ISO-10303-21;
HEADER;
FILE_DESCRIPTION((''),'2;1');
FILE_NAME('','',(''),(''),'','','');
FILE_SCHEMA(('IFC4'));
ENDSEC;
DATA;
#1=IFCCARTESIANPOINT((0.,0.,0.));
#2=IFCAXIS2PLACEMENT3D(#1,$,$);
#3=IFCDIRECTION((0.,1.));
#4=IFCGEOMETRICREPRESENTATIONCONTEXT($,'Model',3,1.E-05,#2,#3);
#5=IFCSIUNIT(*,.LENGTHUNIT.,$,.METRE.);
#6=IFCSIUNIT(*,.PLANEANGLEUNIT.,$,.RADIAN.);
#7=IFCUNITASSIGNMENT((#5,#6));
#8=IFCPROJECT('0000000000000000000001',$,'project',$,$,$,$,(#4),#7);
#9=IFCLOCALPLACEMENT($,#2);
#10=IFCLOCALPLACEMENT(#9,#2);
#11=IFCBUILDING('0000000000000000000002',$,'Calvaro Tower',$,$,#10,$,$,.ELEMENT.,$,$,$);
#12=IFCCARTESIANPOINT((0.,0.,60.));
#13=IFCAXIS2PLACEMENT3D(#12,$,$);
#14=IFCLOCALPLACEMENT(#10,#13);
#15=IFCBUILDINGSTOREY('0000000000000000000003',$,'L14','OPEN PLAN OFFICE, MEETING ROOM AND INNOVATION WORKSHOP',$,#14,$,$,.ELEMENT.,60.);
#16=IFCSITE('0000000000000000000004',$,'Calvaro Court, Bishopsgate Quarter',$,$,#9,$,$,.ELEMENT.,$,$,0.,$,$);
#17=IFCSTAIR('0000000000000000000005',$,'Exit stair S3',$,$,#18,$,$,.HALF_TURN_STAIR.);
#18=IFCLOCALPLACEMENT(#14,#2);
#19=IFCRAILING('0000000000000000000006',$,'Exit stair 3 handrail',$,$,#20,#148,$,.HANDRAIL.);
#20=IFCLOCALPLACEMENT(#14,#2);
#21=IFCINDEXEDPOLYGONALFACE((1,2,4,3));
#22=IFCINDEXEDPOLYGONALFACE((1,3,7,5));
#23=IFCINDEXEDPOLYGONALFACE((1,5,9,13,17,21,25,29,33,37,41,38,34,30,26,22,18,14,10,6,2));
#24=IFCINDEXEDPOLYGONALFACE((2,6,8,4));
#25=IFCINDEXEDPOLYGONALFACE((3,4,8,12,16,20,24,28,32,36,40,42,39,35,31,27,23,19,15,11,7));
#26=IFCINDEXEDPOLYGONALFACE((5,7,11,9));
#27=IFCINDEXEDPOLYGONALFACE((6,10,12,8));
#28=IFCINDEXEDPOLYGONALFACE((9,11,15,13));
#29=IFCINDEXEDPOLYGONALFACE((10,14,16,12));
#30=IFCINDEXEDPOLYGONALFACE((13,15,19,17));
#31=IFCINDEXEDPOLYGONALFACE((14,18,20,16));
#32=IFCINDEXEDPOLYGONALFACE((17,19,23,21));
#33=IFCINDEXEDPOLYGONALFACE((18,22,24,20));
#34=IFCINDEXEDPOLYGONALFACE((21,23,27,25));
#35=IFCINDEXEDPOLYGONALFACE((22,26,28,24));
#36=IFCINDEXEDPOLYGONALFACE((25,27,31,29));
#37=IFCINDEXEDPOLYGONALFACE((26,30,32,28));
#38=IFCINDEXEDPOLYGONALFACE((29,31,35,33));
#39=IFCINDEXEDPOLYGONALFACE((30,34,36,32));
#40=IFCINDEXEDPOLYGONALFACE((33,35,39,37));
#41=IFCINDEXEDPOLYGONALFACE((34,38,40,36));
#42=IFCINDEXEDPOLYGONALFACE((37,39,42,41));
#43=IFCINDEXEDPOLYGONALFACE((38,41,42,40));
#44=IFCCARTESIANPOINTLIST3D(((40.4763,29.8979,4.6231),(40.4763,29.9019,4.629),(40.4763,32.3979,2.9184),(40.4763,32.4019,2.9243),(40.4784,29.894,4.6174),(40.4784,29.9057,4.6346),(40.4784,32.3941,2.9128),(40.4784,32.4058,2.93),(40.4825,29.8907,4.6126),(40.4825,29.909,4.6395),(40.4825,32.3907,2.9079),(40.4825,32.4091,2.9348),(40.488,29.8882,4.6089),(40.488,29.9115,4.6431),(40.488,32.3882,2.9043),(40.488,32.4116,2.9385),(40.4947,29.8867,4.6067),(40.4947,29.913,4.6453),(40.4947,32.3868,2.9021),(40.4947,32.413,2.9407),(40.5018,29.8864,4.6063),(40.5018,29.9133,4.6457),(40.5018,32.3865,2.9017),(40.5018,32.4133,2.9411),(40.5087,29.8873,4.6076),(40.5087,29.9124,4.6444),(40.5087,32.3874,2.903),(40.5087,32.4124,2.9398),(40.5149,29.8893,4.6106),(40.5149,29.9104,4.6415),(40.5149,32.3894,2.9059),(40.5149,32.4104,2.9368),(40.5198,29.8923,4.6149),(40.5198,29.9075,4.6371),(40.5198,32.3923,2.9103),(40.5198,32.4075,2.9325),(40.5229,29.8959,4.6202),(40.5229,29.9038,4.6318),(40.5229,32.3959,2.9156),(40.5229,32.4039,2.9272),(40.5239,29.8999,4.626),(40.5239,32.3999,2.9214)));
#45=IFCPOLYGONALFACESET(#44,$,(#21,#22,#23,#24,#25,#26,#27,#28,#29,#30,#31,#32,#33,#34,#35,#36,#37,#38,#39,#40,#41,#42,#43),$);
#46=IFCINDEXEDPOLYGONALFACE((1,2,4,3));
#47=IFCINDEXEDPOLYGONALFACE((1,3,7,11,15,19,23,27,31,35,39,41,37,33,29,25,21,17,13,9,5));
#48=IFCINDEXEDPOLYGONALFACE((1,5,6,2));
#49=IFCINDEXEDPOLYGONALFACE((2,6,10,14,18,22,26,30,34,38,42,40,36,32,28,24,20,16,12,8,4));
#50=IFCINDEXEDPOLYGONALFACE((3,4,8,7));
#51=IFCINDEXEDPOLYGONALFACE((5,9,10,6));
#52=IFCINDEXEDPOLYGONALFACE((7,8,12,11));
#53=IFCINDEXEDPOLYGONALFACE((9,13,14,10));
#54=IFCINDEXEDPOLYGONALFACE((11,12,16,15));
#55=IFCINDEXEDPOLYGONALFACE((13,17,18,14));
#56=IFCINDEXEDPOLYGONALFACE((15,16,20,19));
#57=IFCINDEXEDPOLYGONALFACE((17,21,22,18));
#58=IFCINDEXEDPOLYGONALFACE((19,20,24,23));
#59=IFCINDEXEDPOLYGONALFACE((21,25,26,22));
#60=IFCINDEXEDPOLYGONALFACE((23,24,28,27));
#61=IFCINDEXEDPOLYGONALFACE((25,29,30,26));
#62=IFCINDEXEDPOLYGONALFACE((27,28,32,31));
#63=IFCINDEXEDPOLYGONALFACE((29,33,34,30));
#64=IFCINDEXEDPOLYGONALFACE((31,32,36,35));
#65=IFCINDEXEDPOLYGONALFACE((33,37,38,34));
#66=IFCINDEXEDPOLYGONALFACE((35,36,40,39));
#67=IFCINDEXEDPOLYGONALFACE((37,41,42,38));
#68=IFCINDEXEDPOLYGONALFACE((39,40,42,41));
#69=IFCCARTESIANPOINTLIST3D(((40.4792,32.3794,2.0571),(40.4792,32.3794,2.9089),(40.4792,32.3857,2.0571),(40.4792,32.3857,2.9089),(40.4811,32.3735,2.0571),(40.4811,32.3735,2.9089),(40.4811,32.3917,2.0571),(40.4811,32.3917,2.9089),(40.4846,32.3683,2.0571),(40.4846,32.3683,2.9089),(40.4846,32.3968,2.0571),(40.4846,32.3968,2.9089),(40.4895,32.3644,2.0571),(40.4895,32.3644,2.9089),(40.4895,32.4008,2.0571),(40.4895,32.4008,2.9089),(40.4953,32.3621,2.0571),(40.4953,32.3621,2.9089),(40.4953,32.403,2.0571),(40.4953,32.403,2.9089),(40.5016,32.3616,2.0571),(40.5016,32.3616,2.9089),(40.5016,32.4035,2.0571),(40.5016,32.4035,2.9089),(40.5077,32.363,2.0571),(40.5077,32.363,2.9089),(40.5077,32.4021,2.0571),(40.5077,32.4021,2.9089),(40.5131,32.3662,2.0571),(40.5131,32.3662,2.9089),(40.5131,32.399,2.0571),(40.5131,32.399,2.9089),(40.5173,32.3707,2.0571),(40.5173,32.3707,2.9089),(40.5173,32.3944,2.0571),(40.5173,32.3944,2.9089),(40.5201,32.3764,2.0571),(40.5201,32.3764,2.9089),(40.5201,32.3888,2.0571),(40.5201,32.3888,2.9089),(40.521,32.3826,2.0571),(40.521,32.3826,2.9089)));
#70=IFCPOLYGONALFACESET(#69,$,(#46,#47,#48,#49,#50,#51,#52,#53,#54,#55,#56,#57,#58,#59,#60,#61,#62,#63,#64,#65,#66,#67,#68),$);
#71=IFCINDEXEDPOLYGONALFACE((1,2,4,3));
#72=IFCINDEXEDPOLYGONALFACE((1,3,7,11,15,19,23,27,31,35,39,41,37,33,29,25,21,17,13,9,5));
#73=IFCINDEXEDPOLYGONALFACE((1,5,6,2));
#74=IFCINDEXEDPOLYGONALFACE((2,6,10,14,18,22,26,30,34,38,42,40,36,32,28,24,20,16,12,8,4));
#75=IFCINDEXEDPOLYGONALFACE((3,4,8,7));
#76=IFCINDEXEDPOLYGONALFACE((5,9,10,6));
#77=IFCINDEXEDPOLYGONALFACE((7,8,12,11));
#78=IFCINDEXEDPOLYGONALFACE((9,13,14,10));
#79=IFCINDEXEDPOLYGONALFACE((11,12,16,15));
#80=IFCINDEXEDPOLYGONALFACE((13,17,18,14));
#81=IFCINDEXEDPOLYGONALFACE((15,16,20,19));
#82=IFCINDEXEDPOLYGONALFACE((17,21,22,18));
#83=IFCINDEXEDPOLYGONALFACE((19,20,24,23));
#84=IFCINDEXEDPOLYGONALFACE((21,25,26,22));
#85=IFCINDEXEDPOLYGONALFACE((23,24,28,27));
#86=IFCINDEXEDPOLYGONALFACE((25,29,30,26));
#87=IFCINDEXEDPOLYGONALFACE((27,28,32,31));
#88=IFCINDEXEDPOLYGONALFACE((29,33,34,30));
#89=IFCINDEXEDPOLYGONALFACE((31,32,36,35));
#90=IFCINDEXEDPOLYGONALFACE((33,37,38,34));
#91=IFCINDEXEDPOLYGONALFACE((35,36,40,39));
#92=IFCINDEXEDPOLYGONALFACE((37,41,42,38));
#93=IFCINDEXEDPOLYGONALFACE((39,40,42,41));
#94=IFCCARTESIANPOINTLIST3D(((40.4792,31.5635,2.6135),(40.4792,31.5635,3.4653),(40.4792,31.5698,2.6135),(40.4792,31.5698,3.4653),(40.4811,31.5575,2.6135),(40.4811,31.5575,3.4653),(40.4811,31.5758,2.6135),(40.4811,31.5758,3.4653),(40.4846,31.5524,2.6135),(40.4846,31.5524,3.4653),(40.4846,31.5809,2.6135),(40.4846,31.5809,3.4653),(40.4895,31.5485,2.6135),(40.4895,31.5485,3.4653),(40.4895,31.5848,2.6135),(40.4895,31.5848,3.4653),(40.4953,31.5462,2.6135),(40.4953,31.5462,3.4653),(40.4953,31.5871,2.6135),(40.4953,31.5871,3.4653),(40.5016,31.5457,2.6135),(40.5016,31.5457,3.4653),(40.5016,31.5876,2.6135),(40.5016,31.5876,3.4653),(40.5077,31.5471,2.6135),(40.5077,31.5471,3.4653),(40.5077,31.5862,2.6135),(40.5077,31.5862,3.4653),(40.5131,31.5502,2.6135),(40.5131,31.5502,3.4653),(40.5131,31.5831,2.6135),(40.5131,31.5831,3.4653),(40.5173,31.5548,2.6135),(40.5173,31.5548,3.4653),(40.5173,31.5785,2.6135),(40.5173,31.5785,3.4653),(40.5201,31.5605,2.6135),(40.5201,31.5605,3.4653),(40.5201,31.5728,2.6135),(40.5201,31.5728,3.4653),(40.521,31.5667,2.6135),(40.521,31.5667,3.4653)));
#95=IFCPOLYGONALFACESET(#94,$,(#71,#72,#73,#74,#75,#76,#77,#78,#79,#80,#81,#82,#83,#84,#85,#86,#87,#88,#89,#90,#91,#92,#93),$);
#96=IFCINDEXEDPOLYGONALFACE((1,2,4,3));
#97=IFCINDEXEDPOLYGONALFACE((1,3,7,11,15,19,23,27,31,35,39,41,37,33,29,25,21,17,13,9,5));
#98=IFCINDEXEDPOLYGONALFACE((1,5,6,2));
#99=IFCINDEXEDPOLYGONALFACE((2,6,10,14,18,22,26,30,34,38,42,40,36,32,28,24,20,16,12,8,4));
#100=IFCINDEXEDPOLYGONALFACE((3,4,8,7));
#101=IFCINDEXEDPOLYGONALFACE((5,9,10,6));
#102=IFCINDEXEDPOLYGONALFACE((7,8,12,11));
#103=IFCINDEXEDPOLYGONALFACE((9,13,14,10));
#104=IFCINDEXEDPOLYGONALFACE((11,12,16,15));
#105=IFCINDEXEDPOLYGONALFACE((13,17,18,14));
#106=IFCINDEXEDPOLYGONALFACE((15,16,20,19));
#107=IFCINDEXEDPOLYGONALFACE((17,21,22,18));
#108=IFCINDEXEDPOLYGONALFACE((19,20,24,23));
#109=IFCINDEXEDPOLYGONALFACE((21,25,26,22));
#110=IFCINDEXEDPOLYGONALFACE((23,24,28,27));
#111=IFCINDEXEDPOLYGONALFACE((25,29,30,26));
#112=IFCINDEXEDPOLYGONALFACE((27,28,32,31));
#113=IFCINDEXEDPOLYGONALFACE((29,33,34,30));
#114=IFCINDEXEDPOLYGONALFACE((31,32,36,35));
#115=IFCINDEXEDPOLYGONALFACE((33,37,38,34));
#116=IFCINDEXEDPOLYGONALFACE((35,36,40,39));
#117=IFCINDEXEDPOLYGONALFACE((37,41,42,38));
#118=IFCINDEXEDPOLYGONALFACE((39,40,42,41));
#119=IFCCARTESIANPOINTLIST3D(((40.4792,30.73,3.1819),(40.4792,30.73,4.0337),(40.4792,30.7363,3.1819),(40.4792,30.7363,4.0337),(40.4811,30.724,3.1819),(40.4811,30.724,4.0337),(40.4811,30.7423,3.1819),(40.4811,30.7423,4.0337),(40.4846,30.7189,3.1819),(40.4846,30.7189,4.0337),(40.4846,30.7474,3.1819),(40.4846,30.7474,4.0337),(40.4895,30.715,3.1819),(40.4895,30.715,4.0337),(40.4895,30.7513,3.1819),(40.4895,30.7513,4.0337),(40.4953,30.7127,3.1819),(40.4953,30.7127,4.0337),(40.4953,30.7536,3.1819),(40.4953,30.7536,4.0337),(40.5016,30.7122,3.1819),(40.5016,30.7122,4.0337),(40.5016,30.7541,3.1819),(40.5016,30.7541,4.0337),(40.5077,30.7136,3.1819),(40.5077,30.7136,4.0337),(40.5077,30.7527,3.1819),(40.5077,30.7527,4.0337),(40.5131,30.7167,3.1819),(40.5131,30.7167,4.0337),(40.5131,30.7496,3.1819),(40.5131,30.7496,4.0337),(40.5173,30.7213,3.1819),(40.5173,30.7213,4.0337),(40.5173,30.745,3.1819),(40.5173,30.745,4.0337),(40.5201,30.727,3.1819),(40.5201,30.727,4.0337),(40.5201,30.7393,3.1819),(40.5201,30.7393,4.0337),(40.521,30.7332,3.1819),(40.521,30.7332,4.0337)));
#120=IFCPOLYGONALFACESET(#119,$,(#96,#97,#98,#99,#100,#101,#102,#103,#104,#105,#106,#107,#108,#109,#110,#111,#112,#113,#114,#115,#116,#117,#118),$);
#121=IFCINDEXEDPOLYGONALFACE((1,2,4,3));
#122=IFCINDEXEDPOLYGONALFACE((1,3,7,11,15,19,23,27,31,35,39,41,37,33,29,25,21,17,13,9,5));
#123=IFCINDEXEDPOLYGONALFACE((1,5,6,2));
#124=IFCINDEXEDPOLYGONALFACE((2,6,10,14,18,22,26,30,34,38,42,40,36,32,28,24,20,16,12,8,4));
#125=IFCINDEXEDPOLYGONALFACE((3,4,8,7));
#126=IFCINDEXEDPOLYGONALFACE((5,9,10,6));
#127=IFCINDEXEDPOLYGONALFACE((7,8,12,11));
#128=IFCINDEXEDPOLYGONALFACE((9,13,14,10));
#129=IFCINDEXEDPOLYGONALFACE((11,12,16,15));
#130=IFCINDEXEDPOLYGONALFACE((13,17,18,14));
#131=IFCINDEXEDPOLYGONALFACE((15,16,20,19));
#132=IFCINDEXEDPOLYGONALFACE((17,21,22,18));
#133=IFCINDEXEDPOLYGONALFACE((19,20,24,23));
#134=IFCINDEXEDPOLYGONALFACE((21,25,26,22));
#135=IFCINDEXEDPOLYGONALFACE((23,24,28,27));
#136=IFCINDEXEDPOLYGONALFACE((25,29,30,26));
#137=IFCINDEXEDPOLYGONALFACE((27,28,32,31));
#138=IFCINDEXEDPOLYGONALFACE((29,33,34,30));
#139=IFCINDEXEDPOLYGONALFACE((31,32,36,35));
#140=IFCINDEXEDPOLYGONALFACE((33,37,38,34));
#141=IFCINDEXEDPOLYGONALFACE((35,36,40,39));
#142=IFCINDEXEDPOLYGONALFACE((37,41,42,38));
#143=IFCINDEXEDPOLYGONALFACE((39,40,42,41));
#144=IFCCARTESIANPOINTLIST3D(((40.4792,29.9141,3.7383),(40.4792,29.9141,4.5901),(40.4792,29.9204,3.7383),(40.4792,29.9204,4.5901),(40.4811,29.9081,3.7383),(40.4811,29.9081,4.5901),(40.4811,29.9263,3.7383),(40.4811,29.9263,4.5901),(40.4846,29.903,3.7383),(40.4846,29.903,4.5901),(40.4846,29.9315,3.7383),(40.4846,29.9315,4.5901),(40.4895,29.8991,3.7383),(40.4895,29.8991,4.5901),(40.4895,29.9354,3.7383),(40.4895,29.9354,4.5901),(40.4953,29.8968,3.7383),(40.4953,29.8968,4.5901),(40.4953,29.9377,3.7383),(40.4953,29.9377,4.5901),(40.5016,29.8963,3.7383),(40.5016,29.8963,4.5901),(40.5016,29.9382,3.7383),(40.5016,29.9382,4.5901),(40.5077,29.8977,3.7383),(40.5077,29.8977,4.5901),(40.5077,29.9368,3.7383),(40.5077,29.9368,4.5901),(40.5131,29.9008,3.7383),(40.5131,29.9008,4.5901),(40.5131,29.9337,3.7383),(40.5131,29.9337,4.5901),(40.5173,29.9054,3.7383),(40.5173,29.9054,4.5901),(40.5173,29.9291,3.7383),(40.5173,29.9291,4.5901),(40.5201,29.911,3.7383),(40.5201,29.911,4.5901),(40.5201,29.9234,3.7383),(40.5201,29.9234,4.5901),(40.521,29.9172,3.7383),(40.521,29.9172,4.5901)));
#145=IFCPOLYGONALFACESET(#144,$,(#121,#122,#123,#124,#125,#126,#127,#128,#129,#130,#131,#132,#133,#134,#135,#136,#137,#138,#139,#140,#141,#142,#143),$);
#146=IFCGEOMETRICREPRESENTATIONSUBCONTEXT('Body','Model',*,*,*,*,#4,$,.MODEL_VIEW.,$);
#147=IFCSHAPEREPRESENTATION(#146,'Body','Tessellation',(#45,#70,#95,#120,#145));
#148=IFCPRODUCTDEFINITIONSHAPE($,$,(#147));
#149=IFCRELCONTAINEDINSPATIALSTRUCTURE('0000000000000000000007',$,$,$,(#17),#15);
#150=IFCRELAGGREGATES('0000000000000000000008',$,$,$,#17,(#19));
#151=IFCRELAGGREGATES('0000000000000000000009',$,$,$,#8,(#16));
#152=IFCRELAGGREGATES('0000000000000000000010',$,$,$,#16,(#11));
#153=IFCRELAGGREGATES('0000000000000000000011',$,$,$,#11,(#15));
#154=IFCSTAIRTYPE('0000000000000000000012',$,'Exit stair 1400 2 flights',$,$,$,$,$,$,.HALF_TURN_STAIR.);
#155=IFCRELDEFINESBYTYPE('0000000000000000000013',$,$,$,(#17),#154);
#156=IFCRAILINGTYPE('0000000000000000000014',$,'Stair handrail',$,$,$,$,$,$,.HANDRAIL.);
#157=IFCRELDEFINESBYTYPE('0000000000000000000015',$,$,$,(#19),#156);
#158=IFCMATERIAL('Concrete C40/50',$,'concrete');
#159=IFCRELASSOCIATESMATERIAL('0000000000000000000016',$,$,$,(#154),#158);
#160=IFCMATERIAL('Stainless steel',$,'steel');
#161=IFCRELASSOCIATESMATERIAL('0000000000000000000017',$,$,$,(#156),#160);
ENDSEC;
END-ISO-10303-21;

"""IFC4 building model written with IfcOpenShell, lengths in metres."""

from ifc_helpers import new_model, si_unit, direction, frame, origin, origin_2d, place, context, subcontext, project, spatial, circle, extrude, material, type_object, element, aggregate, save


model = new_model("IFC4")

# Units and contexts
model_context = context("Model", 3, precision=1e-05, world=origin(), true_north=direction((0.0, 1.0)))
body_context = subcontext(model_context, "Body", "Model", "MODEL_VIEW")
ifc_project = project(units=[si_unit("LENGTHUNIT", "METRE"), si_unit("PLANEANGLEUNIT", "RADIAN")], contexts=[model_context])

# Site, building, storey
site_placement = place(None, origin())
site = spatial("IfcSite", under=ifc_project, at=site_placement, Name="Calvaro Court, Bishopsgate Quarter", CompositionType="ELEMENT", RefElevation=0.0)
building_placement = place(site_placement, origin())
building = spatial("IfcBuilding", under=site, at=building_placement, Name="Calvaro Tower", CompositionType="ELEMENT")
storey_placement = place(building_placement, frame((0.0, 0.0, 60.0)))
storey = spatial("IfcBuildingStorey", under=building, at=storey_placement, Name="L14", Description="OPEN PLAN OFFICE, MEETING ROOM AND INNOVATION WORKSHOP", CompositionType="ELEMENT", Elevation=60.0)

# Stair
ifc_material_1 = material(Name="Concrete C40/50", Category="concrete")
stair_type = type_object("IfcStairType", Name="Exit stair 1400 2 flights", PredefinedType="HALF_TURN_STAIR", material=ifc_material_1)
stair_1_placement = place(storey_placement, origin())
stair_1 = element("IfcStair", 1, at=stair_1_placement, inside=storey, type_object=stair_type, Name="Exit stair S3", PredefinedType="HALF_TURN_STAIR")

# Railing
ifc_material_2 = material(Name="Stainless steel", Category="steel")
railing_type = type_object("IfcRailingType", Name="Stair handrail", PredefinedType="HANDRAIL", material=ifc_material_2)
railing_1_placement = place(storey_placement, frame((40.5, 32.3999, 2.0454)))
railing_1 = element("IfcRailing", 2, at=railing_1_placement, type_object=railing_type, Name="Exit stair 3 handrail", PredefinedType="HANDRAIL", context=body_context, shape_type="SweptSolid", body=[
    extrude(circle(Radius=0.0239, at=origin_2d()), frame((0.0, 0.0, 0.876), z_axis=(0.0, -0.826221, 0.563347), x_axis=(1.0, 0.0, 0.0)), (0.0, 0.0, 1.0), 3.0259),
    extrude(circle(Radius=0.021, at=origin_2d()), frame((0.0, -0.0173, 0.0117)), (0.0, 0.0, 1.0), 0.8518),
    extrude(circle(Radius=0.021, at=origin_2d()), frame((0.0, -0.8333, 0.5681)), (0.0, 0.0, 1.0), 0.8518),
    extrude(circle(Radius=0.021, at=origin_2d()), frame((0.0, -1.6667, 1.1365)), (0.0, 0.0, 1.0), 0.8518),
    extrude(circle(Radius=0.021, at=origin_2d()), frame((0.0, -2.4827, 1.6929)), (0.0, 0.0, 1.0), 0.8518),
])
aggregate(stair_1, [railing_1])

save(model, "model.ifc")
